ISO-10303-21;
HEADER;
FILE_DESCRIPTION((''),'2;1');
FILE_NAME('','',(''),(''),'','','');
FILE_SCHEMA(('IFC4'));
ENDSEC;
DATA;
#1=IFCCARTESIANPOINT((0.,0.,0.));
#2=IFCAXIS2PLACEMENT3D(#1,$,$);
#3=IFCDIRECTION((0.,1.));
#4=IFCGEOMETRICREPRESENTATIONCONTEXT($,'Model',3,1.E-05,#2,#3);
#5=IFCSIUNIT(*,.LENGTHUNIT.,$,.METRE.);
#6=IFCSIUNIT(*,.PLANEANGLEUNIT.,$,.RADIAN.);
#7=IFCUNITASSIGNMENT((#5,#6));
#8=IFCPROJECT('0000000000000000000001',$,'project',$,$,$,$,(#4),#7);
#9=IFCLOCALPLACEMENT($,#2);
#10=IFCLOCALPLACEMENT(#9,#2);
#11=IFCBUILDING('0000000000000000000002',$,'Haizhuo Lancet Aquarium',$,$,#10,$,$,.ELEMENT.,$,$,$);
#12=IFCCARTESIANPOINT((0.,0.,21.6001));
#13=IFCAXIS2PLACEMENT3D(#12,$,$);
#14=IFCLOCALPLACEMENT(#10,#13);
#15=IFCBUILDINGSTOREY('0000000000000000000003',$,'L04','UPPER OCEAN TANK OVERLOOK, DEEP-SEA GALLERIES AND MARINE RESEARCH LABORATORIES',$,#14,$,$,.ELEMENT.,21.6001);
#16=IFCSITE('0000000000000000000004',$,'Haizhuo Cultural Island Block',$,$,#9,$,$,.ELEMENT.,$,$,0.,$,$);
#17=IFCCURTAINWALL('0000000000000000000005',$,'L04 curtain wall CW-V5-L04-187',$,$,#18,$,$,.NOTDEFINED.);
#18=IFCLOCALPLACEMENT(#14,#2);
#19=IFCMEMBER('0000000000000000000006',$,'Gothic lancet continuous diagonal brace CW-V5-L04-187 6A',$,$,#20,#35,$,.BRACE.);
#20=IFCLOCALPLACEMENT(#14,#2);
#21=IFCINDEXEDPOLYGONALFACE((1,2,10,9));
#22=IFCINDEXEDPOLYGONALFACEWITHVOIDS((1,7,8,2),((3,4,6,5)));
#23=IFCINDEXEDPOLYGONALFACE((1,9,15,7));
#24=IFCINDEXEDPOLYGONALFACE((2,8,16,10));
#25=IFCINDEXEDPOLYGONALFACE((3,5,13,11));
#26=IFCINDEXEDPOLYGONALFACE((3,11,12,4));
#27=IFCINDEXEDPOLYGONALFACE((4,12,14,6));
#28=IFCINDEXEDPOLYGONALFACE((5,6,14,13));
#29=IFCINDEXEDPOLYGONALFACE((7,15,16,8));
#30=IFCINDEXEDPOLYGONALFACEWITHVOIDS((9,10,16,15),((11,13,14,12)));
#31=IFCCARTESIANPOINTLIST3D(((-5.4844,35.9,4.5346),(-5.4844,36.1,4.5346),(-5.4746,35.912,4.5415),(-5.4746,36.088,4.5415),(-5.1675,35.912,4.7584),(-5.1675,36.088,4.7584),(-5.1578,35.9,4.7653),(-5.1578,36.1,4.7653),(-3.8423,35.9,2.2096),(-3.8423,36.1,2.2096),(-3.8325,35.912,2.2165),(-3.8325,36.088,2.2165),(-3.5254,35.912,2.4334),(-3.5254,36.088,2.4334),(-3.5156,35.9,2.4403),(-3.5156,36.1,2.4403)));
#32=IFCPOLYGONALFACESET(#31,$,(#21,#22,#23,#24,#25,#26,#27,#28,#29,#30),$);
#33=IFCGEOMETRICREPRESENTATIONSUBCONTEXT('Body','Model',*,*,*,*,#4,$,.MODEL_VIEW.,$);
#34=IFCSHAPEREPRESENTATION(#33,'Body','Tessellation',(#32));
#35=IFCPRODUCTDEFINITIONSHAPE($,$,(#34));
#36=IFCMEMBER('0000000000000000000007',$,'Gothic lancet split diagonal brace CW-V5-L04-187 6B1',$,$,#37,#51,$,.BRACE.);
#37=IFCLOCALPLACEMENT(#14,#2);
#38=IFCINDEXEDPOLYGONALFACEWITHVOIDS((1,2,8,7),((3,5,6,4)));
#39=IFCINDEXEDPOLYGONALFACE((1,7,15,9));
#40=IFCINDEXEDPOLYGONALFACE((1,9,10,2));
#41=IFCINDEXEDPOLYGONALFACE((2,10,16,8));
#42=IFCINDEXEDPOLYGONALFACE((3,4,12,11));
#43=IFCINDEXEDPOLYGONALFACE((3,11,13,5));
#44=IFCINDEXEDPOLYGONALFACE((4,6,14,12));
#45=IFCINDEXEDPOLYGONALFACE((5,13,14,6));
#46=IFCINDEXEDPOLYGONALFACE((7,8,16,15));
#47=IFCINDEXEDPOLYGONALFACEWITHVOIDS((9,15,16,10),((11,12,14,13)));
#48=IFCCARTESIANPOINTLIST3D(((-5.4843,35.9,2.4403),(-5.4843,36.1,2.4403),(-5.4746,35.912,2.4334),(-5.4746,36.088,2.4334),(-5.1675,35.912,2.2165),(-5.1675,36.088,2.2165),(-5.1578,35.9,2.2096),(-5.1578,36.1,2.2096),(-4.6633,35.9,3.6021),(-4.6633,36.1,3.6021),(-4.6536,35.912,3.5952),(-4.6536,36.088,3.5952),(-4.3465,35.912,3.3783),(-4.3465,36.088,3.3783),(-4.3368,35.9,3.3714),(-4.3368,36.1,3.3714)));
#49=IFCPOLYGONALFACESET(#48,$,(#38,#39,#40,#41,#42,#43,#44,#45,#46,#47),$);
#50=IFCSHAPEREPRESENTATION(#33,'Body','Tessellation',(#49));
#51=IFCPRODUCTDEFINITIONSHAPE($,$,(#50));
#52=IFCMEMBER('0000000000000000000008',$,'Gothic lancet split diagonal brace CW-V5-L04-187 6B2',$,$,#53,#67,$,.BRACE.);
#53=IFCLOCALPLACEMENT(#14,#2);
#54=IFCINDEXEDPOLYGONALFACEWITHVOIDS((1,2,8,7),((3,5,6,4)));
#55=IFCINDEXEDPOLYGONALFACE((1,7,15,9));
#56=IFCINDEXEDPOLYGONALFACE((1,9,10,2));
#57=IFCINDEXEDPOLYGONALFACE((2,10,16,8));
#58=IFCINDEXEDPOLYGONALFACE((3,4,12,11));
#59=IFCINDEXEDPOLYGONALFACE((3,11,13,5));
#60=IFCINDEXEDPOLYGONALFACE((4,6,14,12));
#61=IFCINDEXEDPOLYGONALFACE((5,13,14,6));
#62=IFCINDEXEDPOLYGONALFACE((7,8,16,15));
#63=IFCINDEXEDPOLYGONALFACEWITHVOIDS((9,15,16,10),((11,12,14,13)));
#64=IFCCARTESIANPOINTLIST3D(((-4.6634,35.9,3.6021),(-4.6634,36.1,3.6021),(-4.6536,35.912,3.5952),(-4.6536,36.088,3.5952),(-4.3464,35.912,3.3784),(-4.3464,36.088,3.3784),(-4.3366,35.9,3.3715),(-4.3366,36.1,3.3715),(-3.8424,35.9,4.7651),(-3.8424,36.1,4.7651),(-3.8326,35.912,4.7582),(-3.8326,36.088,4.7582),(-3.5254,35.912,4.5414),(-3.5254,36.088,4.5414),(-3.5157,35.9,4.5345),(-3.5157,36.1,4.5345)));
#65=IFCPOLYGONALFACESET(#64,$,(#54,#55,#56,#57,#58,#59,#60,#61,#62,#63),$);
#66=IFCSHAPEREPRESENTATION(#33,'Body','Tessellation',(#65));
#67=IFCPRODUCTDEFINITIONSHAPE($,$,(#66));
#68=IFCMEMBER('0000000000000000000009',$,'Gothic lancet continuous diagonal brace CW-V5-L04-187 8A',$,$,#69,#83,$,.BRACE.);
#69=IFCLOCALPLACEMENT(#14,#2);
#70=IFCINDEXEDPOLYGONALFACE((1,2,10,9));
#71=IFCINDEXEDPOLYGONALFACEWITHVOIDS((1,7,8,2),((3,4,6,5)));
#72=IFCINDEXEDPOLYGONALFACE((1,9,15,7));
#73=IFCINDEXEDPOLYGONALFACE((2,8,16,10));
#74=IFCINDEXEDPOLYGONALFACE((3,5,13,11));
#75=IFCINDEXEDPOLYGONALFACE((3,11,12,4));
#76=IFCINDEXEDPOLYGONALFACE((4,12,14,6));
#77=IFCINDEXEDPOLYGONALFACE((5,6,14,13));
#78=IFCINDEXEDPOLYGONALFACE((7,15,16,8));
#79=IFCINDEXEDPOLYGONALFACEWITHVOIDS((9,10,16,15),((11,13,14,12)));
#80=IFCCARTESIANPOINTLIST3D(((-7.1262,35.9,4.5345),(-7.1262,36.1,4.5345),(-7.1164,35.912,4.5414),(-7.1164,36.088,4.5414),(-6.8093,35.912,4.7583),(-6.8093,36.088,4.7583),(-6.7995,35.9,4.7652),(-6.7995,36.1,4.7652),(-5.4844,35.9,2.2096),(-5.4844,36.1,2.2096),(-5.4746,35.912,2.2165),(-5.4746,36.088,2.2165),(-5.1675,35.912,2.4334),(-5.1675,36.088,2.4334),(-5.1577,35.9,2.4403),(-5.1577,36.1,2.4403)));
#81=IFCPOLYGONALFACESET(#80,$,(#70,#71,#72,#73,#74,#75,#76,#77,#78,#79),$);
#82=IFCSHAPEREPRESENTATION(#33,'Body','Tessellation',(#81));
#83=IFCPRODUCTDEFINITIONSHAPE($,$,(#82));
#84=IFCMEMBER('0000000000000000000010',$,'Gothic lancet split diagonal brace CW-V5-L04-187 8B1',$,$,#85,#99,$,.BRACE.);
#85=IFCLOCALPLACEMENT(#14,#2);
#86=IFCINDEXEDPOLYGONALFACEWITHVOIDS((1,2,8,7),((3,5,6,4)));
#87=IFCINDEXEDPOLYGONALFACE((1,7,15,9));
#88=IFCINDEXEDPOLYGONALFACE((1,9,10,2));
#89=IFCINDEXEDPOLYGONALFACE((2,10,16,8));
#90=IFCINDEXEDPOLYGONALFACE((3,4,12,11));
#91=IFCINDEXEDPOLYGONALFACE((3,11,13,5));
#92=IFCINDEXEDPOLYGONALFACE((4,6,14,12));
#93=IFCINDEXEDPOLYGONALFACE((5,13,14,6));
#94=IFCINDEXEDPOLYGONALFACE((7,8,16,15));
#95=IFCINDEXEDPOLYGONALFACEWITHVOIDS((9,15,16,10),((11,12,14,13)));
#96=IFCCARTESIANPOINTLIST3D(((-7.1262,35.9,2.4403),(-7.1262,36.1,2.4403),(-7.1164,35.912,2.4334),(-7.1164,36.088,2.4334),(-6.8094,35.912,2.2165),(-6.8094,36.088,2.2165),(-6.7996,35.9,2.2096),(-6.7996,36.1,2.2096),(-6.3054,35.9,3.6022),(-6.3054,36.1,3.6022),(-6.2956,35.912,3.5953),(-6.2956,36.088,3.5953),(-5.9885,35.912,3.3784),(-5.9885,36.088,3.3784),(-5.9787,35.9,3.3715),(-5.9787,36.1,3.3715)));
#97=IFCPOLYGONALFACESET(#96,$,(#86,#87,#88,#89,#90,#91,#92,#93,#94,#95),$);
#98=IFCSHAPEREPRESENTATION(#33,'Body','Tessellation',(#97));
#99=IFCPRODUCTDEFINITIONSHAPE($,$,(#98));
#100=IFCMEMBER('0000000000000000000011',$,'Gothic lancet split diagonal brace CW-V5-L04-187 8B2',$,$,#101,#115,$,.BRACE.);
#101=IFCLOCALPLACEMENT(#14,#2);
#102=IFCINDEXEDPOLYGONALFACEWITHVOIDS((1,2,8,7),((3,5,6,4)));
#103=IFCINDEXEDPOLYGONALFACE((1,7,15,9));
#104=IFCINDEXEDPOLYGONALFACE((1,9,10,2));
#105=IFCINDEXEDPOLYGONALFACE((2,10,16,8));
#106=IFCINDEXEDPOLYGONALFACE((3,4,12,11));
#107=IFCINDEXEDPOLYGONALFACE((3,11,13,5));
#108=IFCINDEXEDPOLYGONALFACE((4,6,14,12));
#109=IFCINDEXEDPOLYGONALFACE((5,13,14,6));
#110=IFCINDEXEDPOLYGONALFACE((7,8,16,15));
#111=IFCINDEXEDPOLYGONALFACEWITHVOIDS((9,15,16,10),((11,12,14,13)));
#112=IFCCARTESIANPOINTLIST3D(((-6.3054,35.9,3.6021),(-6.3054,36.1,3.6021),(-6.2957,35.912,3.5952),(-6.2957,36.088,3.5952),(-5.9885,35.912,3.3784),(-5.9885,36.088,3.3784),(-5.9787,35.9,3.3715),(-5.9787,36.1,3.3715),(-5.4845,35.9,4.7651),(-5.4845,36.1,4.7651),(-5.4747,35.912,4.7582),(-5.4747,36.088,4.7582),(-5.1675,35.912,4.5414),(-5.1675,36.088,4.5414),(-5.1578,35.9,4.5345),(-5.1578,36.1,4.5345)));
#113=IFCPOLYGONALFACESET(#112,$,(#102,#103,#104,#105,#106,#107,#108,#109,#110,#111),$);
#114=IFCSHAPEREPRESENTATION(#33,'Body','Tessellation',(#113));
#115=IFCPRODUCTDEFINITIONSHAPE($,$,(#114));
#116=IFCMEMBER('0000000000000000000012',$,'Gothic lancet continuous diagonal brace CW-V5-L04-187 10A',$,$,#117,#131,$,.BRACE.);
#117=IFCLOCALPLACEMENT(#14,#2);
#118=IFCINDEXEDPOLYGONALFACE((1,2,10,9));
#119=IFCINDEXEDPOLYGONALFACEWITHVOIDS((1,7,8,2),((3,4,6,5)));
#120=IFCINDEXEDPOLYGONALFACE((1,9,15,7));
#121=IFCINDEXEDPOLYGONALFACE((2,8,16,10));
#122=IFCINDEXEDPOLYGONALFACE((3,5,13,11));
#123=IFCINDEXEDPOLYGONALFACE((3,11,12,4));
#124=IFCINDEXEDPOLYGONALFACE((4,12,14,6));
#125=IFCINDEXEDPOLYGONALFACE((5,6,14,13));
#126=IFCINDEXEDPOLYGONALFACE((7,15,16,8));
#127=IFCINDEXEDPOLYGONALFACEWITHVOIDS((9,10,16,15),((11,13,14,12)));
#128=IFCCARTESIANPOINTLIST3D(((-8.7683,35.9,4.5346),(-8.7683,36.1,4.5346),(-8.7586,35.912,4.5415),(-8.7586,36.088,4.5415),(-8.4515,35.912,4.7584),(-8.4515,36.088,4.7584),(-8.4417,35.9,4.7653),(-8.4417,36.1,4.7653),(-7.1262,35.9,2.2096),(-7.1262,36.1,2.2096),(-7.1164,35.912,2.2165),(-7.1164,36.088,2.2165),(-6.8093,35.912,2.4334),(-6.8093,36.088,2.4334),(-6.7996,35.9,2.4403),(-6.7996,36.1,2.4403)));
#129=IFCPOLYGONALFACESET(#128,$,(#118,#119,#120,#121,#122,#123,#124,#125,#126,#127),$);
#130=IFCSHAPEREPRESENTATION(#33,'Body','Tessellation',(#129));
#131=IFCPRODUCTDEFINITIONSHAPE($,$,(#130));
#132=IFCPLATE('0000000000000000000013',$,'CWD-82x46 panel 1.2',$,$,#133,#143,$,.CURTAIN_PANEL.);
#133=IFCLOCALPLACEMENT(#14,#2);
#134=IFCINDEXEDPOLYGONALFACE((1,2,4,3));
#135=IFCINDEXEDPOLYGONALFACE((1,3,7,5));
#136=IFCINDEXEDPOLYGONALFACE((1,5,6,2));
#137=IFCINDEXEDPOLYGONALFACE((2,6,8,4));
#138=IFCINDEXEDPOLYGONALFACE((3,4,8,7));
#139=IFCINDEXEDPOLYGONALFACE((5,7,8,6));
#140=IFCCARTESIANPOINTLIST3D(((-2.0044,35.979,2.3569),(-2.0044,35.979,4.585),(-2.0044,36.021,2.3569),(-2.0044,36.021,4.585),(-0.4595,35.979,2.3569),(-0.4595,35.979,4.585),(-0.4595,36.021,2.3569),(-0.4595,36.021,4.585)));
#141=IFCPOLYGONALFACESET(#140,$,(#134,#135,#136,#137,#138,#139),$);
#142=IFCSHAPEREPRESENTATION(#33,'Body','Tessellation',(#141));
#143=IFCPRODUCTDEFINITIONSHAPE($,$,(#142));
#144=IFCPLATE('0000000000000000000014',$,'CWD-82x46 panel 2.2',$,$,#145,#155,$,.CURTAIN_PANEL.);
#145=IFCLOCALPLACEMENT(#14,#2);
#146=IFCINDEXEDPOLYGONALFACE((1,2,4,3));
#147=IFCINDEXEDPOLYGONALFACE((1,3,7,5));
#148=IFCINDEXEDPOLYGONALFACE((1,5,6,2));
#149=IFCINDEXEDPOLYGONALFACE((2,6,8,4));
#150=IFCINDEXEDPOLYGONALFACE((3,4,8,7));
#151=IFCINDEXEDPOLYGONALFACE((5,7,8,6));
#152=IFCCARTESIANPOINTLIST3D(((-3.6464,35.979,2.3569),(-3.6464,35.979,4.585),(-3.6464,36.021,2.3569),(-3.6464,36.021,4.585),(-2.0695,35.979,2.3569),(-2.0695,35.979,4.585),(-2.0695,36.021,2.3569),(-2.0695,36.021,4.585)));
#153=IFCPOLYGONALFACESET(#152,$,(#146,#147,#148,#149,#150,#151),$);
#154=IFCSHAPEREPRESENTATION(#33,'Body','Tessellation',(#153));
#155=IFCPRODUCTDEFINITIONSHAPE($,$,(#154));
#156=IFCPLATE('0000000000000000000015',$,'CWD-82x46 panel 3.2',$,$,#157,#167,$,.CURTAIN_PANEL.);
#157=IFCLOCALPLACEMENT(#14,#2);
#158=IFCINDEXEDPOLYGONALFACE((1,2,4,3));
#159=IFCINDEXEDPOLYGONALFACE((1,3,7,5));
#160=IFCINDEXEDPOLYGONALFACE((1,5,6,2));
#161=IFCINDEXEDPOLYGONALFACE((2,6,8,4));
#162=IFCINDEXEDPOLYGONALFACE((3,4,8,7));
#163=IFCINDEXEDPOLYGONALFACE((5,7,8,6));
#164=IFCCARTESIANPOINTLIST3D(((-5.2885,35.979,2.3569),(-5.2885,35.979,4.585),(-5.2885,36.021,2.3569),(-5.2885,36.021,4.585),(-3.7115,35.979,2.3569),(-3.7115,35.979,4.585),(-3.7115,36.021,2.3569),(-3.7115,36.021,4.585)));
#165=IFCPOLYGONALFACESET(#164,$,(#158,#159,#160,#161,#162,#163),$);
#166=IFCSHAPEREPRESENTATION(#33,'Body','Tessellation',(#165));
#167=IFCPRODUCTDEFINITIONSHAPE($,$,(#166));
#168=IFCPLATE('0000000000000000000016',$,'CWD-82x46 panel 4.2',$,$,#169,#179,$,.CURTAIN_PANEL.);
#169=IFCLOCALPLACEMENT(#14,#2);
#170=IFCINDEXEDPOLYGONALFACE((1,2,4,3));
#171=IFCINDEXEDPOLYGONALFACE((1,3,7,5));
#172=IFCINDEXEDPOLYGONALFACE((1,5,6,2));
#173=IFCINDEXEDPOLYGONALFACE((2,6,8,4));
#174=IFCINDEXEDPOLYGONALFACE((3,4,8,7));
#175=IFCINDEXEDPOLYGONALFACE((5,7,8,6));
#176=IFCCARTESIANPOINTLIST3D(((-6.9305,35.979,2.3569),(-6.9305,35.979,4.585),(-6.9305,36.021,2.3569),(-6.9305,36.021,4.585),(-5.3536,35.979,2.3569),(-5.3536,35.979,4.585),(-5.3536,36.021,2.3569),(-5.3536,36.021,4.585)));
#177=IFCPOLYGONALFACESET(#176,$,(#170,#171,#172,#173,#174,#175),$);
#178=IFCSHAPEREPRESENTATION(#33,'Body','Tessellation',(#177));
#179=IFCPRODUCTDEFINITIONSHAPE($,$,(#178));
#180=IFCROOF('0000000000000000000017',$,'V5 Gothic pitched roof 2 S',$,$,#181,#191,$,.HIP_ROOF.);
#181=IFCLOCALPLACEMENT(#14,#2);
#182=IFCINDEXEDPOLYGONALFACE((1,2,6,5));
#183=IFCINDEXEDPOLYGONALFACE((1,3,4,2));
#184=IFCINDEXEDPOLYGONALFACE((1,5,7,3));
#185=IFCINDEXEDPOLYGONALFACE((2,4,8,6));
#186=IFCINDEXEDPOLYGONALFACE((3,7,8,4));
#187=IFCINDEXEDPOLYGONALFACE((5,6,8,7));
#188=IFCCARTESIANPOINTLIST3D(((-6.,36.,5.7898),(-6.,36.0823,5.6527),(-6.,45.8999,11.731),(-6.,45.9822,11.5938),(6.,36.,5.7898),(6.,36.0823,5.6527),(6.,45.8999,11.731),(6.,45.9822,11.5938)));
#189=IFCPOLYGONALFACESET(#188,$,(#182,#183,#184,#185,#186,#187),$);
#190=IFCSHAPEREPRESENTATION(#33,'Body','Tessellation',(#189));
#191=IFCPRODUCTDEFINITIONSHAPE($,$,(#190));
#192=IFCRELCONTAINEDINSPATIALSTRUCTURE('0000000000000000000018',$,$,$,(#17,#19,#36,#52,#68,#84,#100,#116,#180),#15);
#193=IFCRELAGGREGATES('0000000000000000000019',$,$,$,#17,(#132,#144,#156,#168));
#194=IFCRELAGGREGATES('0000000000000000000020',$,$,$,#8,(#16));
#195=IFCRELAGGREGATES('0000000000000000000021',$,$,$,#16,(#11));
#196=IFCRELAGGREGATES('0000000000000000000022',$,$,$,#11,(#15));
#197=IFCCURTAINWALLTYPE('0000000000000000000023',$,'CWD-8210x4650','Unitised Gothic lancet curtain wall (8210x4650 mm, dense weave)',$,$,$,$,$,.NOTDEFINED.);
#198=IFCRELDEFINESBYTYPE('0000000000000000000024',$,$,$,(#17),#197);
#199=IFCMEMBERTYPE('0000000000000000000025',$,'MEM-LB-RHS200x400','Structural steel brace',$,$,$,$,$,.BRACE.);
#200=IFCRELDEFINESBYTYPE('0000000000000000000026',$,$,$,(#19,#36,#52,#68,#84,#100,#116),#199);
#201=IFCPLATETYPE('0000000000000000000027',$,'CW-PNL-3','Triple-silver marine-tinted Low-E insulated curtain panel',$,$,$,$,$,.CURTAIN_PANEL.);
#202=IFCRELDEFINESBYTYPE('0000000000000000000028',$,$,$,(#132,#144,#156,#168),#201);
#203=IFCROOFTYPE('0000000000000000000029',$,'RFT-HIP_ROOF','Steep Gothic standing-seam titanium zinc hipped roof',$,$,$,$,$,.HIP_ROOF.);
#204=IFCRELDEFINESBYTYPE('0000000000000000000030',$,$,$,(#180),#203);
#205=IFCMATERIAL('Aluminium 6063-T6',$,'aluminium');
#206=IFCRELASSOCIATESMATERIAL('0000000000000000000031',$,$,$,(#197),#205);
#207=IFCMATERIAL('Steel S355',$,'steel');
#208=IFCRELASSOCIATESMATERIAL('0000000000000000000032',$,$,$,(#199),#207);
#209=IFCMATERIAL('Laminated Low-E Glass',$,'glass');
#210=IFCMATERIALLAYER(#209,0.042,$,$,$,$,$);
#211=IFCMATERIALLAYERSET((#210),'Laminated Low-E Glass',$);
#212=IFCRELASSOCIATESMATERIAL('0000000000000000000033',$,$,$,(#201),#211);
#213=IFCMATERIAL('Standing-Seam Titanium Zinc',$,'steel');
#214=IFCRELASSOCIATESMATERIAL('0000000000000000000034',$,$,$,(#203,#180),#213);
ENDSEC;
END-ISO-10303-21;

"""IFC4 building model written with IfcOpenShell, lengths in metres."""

from ifc_helpers import new_model, si_unit, direction, frame, origin, origin_2d, place, context, subcontext, project, spatial, polyline, rectangle, hollow_rectangle, outline, extrude, material, layer, layer_set, material_profile, profile_set, type_object, element, aggregate, save


model = new_model("IFC4")

# Units and contexts
model_context = context("Model", 3, precision=1e-05, world=origin(), true_north=direction((0.0, 1.0)))
body_context = subcontext(model_context, "Body", "Model", "MODEL_VIEW")
ifc_project = project(units=[si_unit("LENGTHUNIT", "METRE"), si_unit("PLANEANGLEUNIT", "RADIAN")], contexts=[model_context])

# Site, building, storey
site_placement = place(None, origin())
site = spatial("IfcSite", under=ifc_project, at=site_placement, Name="Haizhuo Cultural Island Block", CompositionType="ELEMENT", RefElevation=0.0)
building_placement = place(site_placement, origin())
building = spatial("IfcBuilding", under=site, at=building_placement, Name="Haizhuo Lancet Aquarium", CompositionType="ELEMENT")
storey_placement = place(building_placement, frame((0.0, 0.0, 21.6001)))
storey = spatial("IfcBuildingStorey", under=building, at=storey_placement, Name="L04", Description="UPPER OCEAN TANK OVERLOOK, DEEP-SEA GALLERIES AND MARINE RESEARCH LABORATORIES", CompositionType="ELEMENT", Elevation=21.6001)

# Curtain wall
ifc_material_1 = material(Name="Aluminium 6063-T6", Category="aluminium")
curtain_wall_type = type_object("IfcCurtainWallType", Name="CWD-8210x4650", Description="Unitised Gothic lancet curtain wall (8210x4650 mm, dense weave)", PredefinedType="NOTDEFINED", material=ifc_material_1)
curtain_wall_placement = place(storey_placement, origin())
curtain_wall = element("IfcCurtainWall", 1, at=curtain_wall_placement, inside=storey, type_object=curtain_wall_type, Name="L04 curtain wall CW-V5-L04-187", PredefinedType="NOTDEFINED")

# Members
ifc_material_2 = material(Name="Steel S355", Category="steel")
ifc_material_profile_1 = material_profile(ifc_material_2, hollow_rectangle(XDim=0.2, YDim=0.3999, WallThickness=0.012, at=origin_2d()), Name="RHS 200x400x12")
ifc_profile_set_1 = profile_set([ifc_material_profile_1], Name="Steel S355")
member_type_1 = type_object("IfcMemberType", Name="MEM-LB-RHS200x400", Description="Structural steel brace", PredefinedType="BRACE", material=ifc_profile_set_1)
member_1_placement = place(storey_placement, frame((-3.679, 36.0, 2.325), z_axis=(-0.576905, 0.0, 0.816811), x_axis=(0.0, -1.0, 0.0)))
element("IfcMember", 2, at=member_1_placement, inside=storey, type_object=member_type_1, Name="Gothic lancet continuous diagonal brace CW-V5-L04-187 6A", PredefinedType="BRACE", context=body_context, shape_type="SweptSolid", body=[
    extrude(hollow_rectangle(XDim=0.2, YDim=0.3999, WallThickness=0.012, at=origin_2d()), origin(), (0.0, 0.0, 1.0), 2.8464),
])
member_2_placement = place(storey_placement, frame((-5.321, 36.0, 2.325), z_axis=(0.577108, 0.0, 0.816668), x_axis=(0.0, 1.0, 0.0)))
element("IfcMember", 3, at=member_2_placement, inside=storey, type_object=member_type_1, Name="Gothic lancet split diagonal brace CW-V5-L04-187 6B1", PredefinedType="BRACE", context=body_context, shape_type="SweptSolid", body=[
    extrude(hollow_rectangle(XDim=0.2, YDim=0.3999, WallThickness=0.012, at=origin_2d()), origin(), (0.0, 0.0, 1.0), 1.4226),
])
member_3_placement = place(storey_placement, frame((-4.5, 36.0, 3.4868), z_axis=(0.576703, 0.0, 0.816954), x_axis=(0.0, 1.0, 0.0)))
element("IfcMember", 4, at=member_3_placement, inside=storey, type_object=member_type_1, Name="Gothic lancet split diagonal brace CW-V5-L04-187 6B2", PredefinedType="BRACE", context=body_context, shape_type="SweptSolid", body=[
    extrude(hollow_rectangle(XDim=0.2, YDim=0.3999, WallThickness=0.012, at=origin_2d()), origin(), (0.0, 0.0, 1.0), 1.4236),
])
member_4_placement = place(storey_placement, frame((-5.321, 36.0, 2.325), z_axis=(-0.576848, 0.0, 0.816851), x_axis=(0.0, -1.0, 0.0)))
element("IfcMember", 5, at=member_4_placement, inside=storey, type_object=member_type_1, Name="Gothic lancet continuous diagonal brace CW-V5-L04-187 8A", PredefinedType="BRACE", context=body_context, shape_type="SweptSolid", body=[
    extrude(hollow_rectangle(XDim=0.2, YDim=0.3999, WallThickness=0.012, at=origin_2d()), origin(), (0.0, 0.0, 1.0), 2.8462),
])
member_5_placement = place(storey_placement, frame((-6.9629, 36.0, 2.325), z_axis=(0.576993, 0.0, 0.816749), x_axis=(0.0, 1.0, 0.0)))
element("IfcMember", 6, at=member_5_placement, inside=storey, type_object=member_type_1, Name="Gothic lancet split diagonal brace CW-V5-L04-187 8B1", PredefinedType="BRACE", context=body_context, shape_type="SweptSolid", body=[
    extrude(hollow_rectangle(XDim=0.2, YDim=0.3999, WallThickness=0.012, at=origin_2d()), origin(), (0.0, 0.0, 1.0), 1.4226),
])
member_6_placement = place(storey_placement, frame((-6.1421, 36.0, 3.4868), z_axis=(0.576703, 0.0, 0.816954), x_axis=(0.0, 1.0, 0.0)))
element("IfcMember", 7, at=member_6_placement, inside=storey, type_object=member_type_1, Name="Gothic lancet split diagonal brace CW-V5-L04-187 8B2", PredefinedType="BRACE", context=body_context, shape_type="SweptSolid", body=[
    extrude(hollow_rectangle(XDim=0.2, YDim=0.3999, WallThickness=0.012, at=origin_2d()), origin(), (0.0, 0.0, 1.0), 1.4236),
])
member_7_placement = place(storey_placement, frame((-6.9629, 36.0, 2.325), z_axis=(-0.576905, 0.0, 0.816811), x_axis=(0.0, -1.0, 0.0)))
element("IfcMember", 8, at=member_7_placement, inside=storey, type_object=member_type_1, Name="Gothic lancet continuous diagonal brace CW-V5-L04-187 10A", PredefinedType="BRACE", context=body_context, shape_type="SweptSolid", body=[
    extrude(hollow_rectangle(XDim=0.2, YDim=0.3999, WallThickness=0.012, at=origin_2d()), origin(), (0.0, 0.0, 1.0), 2.8464),
])

# Plates
ifc_material_3 = material(Name="Laminated Low-E Glass", Category="glass")
ifc_layer = layer(ifc_material_3, 0.042)
ifc_layer_set = layer_set([ifc_layer], Name="Laminated Low-E Glass")
plate_type = type_object("IfcPlateType", Name="CW-PNL-3", Description="Triple-silver marine-tinted Low-E insulated curtain panel", PredefinedType="CURTAIN_PANEL", material=ifc_layer_set)
plate_1_placement = place(storey_placement, frame((-1.2319, 36.0, 2.3569), z_axis=(0.0, 0.0, 1.0), x_axis=(-1.0, 0.0, 0.0)))
plate_1 = element("IfcPlate", 9, at=plate_1_placement, type_object=plate_type, Name="CWD-82x46 panel 1.2", PredefinedType="CURTAIN_PANEL", context=body_context, shape_type="SweptSolid", body=[
    extrude(rectangle(XDim=1.5449, YDim=0.042, at=origin_2d()), origin(), (0.0, 0.0, 1.0), 2.228),
])
plate_2_placement = place(storey_placement, frame((-2.8579, 36.0, 2.3569), z_axis=(0.0, 0.0, 1.0), x_axis=(-1.0, 0.0, 0.0)))
plate_2 = element("IfcPlate", 10, at=plate_2_placement, type_object=plate_type, Name="CWD-82x46 panel 2.2", PredefinedType="CURTAIN_PANEL", context=body_context, shape_type="SweptSolid", body=[
    extrude(rectangle(XDim=1.5769, YDim=0.042, at=origin_2d()), origin(), (0.0, 0.0, 1.0), 2.228),
])
plate_3_placement = place(storey_placement, frame((-4.5, 36.0, 2.3569), z_axis=(0.0, 0.0, 1.0), x_axis=(-1.0, 0.0, 0.0)))
plate_3 = element("IfcPlate", 11, at=plate_3_placement, type_object=plate_type, Name="CWD-82x46 panel 3.2", PredefinedType="CURTAIN_PANEL", context=body_context, shape_type="SweptSolid", body=[
    extrude(rectangle(XDim=1.5769, YDim=0.042, at=origin_2d()), origin(), (0.0, 0.0, 1.0), 2.228),
])
plate_4_placement = place(storey_placement, frame((-6.1421, 36.0, 2.3569), z_axis=(0.0, 0.0, 1.0), x_axis=(-1.0, 0.0, 0.0)))
plate_4 = element("IfcPlate", 12, at=plate_4_placement, type_object=plate_type, Name="CWD-82x46 panel 4.2", PredefinedType="CURTAIN_PANEL", context=body_context, shape_type="SweptSolid", body=[
    extrude(rectangle(XDim=1.5769, YDim=0.042, at=origin_2d()), origin(), (0.0, 0.0, 1.0), 2.228),
])
aggregate(curtain_wall, [plate_1, plate_2, plate_3, plate_4])

# Roof
ifc_material_4 = material(Name="Standing-Seam Titanium Zinc", Category="steel")
roof_type = type_object("IfcRoofType", Name="RFT-HIP_ROOF", Description="Steep Gothic standing-seam titanium zinc hipped roof", PredefinedType="HIP_ROOF", material=ifc_material_4)
roof_placement = place(storey_placement, frame((-6.0, 36.0, 5.7898), z_axis=(0.0, -0.514573, 0.857446), x_axis=(1.0, 0.0, 0.0)))
element("IfcRoof", 13, at=roof_placement, inside=storey, type_object=roof_type, material=ifc_material_4, Name="V5 Gothic pitched roof 2 S", PredefinedType="HIP_ROOF", context=body_context, shape_type="SweptSolid", body=[
    extrude(outline(polyline([(0.0, 0.0), (12.0, 0.0), (12.0, 11.5458), (0.0, 11.5458), (0.0, 0.0)])), origin(), (0.0, 0.0, -1.0), 0.1599),
])

save(model, "model.ifc")
